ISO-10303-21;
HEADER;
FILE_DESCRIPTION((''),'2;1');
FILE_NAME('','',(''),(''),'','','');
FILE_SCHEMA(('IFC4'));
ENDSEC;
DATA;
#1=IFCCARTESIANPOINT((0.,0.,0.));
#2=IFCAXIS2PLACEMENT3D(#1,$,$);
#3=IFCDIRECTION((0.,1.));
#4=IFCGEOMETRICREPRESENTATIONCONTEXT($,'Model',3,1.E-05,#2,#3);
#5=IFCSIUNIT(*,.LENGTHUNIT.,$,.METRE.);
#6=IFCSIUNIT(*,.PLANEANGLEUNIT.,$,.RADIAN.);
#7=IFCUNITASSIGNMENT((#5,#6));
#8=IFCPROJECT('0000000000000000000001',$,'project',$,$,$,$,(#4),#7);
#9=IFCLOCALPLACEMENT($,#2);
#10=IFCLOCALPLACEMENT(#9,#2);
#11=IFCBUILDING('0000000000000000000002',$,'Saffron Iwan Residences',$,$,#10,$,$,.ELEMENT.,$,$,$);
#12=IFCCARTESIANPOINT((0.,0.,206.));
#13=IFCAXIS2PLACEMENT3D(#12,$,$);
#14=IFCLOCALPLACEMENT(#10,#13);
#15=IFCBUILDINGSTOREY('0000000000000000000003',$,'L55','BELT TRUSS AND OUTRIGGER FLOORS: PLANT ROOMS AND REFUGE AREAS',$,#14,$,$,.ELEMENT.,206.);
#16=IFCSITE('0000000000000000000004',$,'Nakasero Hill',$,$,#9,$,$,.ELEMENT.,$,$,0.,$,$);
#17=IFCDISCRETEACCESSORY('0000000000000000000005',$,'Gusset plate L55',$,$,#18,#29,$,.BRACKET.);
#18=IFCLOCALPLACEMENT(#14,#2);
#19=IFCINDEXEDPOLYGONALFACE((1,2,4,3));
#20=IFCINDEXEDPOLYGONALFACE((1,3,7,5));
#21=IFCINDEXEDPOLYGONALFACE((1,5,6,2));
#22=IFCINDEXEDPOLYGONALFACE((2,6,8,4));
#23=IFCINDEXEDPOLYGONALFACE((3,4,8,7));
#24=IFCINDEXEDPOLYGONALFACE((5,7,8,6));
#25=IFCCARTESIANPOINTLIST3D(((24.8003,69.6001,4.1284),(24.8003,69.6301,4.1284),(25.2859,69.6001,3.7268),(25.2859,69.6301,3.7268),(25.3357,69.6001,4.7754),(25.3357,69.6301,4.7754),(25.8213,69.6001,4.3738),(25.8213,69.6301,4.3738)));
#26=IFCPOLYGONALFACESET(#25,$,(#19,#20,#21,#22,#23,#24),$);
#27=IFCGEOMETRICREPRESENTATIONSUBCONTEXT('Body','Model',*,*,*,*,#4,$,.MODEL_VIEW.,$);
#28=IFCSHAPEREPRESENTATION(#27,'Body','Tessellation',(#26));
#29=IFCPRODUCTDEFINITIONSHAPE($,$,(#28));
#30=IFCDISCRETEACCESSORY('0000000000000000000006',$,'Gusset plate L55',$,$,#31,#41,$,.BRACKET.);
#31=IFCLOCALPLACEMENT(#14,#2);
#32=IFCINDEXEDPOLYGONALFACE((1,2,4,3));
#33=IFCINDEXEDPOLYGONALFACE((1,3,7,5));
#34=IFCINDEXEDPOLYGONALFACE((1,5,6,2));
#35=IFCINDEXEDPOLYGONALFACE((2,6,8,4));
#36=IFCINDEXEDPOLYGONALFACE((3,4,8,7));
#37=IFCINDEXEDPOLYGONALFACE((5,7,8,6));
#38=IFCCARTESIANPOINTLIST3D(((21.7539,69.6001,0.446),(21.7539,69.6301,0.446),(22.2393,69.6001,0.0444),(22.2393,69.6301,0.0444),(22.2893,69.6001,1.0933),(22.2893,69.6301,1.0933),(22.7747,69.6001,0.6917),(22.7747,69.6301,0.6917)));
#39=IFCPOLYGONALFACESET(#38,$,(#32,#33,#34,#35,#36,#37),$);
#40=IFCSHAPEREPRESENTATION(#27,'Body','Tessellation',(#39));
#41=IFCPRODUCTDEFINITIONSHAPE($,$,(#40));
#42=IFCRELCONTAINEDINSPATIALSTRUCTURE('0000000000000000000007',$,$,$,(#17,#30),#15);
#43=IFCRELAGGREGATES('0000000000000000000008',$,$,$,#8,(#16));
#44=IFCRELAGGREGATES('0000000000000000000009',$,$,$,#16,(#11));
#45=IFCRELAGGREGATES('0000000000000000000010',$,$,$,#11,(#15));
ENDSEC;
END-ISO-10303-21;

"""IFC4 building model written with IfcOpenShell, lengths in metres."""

from ifc_helpers import new_model, si_unit, direction, frame, origin, place, context, subcontext, project, spatial, polyline, outline, extrude, element, save


model = new_model("IFC4")

# Units and contexts
model_context = context("Model", 3, precision=1e-05, world=origin(), true_north=direction((0.0, 1.0)))
body_context = subcontext(model_context, "Body", "Model", "MODEL_VIEW")
ifc_project = project(units=[si_unit("LENGTHUNIT", "METRE"), si_unit("PLANEANGLEUNIT", "RADIAN")], contexts=[model_context])

# Site, building, storey
site_placement = place(None, origin())
site = spatial("IfcSite", under=ifc_project, at=site_placement, Name="Nakasero Hill", CompositionType="ELEMENT", RefElevation=0.0)
building_placement = place(site_placement, origin())
building = spatial("IfcBuilding", under=site, at=building_placement, Name="Saffron Iwan Residences", CompositionType="ELEMENT")
storey_placement = place(building_placement, frame((0.0, 0.0, 206.0)))
storey = spatial("IfcBuildingStorey", under=building, at=storey_placement, Name="L55", Description="BELT TRUSS AND OUTRIGGER FLOORS: PLANT ROOMS AND REFUGE AREAS", CompositionType="ELEMENT", Elevation=206.0)

# Discrete accessories
discrete_accessory_1_placement = place(storey_placement, frame((25.3357, 69.6001, 4.7754), z_axis=(0.0, -1.0, 0.0), x_axis=(-0.63755, 0.0, -0.770409)))
element("IfcDiscreteAccessory", 1, at=discrete_accessory_1_placement, inside=storey, Name="Gusset plate L55", PredefinedType="BRACKET", context=body_context, shape_type="SweptSolid", body=[
    extrude(outline(polyline([(0.0, 0.0), (0.8398, 0.0), (0.8396, 0.6302), (-0.0002, 0.6302), (0.0, 0.0)])), origin(), (0.0, 0.0, -1.0), 0.03),
])
discrete_accessory_2_placement = place(storey_placement, frame((22.2393, 69.6001, 0.0444), z_axis=(0.0, -1.0, 0.0), x_axis=(0.637407, 0.0, 0.770527)))
element("IfcDiscreteAccessory", 2, at=discrete_accessory_2_placement, inside=storey, Name="Gusset plate L55", PredefinedType="BRACKET", context=body_context, shape_type="SweptSolid", body=[
    extrude(outline(polyline([(0.0, 0.0), (0.84, 0.0), (0.8401, 0.63), (0.0001, 0.63), (0.0, 0.0)])), origin(), (0.0, 0.0, -1.0), 0.03),
])

save(model, "model.ifc")
